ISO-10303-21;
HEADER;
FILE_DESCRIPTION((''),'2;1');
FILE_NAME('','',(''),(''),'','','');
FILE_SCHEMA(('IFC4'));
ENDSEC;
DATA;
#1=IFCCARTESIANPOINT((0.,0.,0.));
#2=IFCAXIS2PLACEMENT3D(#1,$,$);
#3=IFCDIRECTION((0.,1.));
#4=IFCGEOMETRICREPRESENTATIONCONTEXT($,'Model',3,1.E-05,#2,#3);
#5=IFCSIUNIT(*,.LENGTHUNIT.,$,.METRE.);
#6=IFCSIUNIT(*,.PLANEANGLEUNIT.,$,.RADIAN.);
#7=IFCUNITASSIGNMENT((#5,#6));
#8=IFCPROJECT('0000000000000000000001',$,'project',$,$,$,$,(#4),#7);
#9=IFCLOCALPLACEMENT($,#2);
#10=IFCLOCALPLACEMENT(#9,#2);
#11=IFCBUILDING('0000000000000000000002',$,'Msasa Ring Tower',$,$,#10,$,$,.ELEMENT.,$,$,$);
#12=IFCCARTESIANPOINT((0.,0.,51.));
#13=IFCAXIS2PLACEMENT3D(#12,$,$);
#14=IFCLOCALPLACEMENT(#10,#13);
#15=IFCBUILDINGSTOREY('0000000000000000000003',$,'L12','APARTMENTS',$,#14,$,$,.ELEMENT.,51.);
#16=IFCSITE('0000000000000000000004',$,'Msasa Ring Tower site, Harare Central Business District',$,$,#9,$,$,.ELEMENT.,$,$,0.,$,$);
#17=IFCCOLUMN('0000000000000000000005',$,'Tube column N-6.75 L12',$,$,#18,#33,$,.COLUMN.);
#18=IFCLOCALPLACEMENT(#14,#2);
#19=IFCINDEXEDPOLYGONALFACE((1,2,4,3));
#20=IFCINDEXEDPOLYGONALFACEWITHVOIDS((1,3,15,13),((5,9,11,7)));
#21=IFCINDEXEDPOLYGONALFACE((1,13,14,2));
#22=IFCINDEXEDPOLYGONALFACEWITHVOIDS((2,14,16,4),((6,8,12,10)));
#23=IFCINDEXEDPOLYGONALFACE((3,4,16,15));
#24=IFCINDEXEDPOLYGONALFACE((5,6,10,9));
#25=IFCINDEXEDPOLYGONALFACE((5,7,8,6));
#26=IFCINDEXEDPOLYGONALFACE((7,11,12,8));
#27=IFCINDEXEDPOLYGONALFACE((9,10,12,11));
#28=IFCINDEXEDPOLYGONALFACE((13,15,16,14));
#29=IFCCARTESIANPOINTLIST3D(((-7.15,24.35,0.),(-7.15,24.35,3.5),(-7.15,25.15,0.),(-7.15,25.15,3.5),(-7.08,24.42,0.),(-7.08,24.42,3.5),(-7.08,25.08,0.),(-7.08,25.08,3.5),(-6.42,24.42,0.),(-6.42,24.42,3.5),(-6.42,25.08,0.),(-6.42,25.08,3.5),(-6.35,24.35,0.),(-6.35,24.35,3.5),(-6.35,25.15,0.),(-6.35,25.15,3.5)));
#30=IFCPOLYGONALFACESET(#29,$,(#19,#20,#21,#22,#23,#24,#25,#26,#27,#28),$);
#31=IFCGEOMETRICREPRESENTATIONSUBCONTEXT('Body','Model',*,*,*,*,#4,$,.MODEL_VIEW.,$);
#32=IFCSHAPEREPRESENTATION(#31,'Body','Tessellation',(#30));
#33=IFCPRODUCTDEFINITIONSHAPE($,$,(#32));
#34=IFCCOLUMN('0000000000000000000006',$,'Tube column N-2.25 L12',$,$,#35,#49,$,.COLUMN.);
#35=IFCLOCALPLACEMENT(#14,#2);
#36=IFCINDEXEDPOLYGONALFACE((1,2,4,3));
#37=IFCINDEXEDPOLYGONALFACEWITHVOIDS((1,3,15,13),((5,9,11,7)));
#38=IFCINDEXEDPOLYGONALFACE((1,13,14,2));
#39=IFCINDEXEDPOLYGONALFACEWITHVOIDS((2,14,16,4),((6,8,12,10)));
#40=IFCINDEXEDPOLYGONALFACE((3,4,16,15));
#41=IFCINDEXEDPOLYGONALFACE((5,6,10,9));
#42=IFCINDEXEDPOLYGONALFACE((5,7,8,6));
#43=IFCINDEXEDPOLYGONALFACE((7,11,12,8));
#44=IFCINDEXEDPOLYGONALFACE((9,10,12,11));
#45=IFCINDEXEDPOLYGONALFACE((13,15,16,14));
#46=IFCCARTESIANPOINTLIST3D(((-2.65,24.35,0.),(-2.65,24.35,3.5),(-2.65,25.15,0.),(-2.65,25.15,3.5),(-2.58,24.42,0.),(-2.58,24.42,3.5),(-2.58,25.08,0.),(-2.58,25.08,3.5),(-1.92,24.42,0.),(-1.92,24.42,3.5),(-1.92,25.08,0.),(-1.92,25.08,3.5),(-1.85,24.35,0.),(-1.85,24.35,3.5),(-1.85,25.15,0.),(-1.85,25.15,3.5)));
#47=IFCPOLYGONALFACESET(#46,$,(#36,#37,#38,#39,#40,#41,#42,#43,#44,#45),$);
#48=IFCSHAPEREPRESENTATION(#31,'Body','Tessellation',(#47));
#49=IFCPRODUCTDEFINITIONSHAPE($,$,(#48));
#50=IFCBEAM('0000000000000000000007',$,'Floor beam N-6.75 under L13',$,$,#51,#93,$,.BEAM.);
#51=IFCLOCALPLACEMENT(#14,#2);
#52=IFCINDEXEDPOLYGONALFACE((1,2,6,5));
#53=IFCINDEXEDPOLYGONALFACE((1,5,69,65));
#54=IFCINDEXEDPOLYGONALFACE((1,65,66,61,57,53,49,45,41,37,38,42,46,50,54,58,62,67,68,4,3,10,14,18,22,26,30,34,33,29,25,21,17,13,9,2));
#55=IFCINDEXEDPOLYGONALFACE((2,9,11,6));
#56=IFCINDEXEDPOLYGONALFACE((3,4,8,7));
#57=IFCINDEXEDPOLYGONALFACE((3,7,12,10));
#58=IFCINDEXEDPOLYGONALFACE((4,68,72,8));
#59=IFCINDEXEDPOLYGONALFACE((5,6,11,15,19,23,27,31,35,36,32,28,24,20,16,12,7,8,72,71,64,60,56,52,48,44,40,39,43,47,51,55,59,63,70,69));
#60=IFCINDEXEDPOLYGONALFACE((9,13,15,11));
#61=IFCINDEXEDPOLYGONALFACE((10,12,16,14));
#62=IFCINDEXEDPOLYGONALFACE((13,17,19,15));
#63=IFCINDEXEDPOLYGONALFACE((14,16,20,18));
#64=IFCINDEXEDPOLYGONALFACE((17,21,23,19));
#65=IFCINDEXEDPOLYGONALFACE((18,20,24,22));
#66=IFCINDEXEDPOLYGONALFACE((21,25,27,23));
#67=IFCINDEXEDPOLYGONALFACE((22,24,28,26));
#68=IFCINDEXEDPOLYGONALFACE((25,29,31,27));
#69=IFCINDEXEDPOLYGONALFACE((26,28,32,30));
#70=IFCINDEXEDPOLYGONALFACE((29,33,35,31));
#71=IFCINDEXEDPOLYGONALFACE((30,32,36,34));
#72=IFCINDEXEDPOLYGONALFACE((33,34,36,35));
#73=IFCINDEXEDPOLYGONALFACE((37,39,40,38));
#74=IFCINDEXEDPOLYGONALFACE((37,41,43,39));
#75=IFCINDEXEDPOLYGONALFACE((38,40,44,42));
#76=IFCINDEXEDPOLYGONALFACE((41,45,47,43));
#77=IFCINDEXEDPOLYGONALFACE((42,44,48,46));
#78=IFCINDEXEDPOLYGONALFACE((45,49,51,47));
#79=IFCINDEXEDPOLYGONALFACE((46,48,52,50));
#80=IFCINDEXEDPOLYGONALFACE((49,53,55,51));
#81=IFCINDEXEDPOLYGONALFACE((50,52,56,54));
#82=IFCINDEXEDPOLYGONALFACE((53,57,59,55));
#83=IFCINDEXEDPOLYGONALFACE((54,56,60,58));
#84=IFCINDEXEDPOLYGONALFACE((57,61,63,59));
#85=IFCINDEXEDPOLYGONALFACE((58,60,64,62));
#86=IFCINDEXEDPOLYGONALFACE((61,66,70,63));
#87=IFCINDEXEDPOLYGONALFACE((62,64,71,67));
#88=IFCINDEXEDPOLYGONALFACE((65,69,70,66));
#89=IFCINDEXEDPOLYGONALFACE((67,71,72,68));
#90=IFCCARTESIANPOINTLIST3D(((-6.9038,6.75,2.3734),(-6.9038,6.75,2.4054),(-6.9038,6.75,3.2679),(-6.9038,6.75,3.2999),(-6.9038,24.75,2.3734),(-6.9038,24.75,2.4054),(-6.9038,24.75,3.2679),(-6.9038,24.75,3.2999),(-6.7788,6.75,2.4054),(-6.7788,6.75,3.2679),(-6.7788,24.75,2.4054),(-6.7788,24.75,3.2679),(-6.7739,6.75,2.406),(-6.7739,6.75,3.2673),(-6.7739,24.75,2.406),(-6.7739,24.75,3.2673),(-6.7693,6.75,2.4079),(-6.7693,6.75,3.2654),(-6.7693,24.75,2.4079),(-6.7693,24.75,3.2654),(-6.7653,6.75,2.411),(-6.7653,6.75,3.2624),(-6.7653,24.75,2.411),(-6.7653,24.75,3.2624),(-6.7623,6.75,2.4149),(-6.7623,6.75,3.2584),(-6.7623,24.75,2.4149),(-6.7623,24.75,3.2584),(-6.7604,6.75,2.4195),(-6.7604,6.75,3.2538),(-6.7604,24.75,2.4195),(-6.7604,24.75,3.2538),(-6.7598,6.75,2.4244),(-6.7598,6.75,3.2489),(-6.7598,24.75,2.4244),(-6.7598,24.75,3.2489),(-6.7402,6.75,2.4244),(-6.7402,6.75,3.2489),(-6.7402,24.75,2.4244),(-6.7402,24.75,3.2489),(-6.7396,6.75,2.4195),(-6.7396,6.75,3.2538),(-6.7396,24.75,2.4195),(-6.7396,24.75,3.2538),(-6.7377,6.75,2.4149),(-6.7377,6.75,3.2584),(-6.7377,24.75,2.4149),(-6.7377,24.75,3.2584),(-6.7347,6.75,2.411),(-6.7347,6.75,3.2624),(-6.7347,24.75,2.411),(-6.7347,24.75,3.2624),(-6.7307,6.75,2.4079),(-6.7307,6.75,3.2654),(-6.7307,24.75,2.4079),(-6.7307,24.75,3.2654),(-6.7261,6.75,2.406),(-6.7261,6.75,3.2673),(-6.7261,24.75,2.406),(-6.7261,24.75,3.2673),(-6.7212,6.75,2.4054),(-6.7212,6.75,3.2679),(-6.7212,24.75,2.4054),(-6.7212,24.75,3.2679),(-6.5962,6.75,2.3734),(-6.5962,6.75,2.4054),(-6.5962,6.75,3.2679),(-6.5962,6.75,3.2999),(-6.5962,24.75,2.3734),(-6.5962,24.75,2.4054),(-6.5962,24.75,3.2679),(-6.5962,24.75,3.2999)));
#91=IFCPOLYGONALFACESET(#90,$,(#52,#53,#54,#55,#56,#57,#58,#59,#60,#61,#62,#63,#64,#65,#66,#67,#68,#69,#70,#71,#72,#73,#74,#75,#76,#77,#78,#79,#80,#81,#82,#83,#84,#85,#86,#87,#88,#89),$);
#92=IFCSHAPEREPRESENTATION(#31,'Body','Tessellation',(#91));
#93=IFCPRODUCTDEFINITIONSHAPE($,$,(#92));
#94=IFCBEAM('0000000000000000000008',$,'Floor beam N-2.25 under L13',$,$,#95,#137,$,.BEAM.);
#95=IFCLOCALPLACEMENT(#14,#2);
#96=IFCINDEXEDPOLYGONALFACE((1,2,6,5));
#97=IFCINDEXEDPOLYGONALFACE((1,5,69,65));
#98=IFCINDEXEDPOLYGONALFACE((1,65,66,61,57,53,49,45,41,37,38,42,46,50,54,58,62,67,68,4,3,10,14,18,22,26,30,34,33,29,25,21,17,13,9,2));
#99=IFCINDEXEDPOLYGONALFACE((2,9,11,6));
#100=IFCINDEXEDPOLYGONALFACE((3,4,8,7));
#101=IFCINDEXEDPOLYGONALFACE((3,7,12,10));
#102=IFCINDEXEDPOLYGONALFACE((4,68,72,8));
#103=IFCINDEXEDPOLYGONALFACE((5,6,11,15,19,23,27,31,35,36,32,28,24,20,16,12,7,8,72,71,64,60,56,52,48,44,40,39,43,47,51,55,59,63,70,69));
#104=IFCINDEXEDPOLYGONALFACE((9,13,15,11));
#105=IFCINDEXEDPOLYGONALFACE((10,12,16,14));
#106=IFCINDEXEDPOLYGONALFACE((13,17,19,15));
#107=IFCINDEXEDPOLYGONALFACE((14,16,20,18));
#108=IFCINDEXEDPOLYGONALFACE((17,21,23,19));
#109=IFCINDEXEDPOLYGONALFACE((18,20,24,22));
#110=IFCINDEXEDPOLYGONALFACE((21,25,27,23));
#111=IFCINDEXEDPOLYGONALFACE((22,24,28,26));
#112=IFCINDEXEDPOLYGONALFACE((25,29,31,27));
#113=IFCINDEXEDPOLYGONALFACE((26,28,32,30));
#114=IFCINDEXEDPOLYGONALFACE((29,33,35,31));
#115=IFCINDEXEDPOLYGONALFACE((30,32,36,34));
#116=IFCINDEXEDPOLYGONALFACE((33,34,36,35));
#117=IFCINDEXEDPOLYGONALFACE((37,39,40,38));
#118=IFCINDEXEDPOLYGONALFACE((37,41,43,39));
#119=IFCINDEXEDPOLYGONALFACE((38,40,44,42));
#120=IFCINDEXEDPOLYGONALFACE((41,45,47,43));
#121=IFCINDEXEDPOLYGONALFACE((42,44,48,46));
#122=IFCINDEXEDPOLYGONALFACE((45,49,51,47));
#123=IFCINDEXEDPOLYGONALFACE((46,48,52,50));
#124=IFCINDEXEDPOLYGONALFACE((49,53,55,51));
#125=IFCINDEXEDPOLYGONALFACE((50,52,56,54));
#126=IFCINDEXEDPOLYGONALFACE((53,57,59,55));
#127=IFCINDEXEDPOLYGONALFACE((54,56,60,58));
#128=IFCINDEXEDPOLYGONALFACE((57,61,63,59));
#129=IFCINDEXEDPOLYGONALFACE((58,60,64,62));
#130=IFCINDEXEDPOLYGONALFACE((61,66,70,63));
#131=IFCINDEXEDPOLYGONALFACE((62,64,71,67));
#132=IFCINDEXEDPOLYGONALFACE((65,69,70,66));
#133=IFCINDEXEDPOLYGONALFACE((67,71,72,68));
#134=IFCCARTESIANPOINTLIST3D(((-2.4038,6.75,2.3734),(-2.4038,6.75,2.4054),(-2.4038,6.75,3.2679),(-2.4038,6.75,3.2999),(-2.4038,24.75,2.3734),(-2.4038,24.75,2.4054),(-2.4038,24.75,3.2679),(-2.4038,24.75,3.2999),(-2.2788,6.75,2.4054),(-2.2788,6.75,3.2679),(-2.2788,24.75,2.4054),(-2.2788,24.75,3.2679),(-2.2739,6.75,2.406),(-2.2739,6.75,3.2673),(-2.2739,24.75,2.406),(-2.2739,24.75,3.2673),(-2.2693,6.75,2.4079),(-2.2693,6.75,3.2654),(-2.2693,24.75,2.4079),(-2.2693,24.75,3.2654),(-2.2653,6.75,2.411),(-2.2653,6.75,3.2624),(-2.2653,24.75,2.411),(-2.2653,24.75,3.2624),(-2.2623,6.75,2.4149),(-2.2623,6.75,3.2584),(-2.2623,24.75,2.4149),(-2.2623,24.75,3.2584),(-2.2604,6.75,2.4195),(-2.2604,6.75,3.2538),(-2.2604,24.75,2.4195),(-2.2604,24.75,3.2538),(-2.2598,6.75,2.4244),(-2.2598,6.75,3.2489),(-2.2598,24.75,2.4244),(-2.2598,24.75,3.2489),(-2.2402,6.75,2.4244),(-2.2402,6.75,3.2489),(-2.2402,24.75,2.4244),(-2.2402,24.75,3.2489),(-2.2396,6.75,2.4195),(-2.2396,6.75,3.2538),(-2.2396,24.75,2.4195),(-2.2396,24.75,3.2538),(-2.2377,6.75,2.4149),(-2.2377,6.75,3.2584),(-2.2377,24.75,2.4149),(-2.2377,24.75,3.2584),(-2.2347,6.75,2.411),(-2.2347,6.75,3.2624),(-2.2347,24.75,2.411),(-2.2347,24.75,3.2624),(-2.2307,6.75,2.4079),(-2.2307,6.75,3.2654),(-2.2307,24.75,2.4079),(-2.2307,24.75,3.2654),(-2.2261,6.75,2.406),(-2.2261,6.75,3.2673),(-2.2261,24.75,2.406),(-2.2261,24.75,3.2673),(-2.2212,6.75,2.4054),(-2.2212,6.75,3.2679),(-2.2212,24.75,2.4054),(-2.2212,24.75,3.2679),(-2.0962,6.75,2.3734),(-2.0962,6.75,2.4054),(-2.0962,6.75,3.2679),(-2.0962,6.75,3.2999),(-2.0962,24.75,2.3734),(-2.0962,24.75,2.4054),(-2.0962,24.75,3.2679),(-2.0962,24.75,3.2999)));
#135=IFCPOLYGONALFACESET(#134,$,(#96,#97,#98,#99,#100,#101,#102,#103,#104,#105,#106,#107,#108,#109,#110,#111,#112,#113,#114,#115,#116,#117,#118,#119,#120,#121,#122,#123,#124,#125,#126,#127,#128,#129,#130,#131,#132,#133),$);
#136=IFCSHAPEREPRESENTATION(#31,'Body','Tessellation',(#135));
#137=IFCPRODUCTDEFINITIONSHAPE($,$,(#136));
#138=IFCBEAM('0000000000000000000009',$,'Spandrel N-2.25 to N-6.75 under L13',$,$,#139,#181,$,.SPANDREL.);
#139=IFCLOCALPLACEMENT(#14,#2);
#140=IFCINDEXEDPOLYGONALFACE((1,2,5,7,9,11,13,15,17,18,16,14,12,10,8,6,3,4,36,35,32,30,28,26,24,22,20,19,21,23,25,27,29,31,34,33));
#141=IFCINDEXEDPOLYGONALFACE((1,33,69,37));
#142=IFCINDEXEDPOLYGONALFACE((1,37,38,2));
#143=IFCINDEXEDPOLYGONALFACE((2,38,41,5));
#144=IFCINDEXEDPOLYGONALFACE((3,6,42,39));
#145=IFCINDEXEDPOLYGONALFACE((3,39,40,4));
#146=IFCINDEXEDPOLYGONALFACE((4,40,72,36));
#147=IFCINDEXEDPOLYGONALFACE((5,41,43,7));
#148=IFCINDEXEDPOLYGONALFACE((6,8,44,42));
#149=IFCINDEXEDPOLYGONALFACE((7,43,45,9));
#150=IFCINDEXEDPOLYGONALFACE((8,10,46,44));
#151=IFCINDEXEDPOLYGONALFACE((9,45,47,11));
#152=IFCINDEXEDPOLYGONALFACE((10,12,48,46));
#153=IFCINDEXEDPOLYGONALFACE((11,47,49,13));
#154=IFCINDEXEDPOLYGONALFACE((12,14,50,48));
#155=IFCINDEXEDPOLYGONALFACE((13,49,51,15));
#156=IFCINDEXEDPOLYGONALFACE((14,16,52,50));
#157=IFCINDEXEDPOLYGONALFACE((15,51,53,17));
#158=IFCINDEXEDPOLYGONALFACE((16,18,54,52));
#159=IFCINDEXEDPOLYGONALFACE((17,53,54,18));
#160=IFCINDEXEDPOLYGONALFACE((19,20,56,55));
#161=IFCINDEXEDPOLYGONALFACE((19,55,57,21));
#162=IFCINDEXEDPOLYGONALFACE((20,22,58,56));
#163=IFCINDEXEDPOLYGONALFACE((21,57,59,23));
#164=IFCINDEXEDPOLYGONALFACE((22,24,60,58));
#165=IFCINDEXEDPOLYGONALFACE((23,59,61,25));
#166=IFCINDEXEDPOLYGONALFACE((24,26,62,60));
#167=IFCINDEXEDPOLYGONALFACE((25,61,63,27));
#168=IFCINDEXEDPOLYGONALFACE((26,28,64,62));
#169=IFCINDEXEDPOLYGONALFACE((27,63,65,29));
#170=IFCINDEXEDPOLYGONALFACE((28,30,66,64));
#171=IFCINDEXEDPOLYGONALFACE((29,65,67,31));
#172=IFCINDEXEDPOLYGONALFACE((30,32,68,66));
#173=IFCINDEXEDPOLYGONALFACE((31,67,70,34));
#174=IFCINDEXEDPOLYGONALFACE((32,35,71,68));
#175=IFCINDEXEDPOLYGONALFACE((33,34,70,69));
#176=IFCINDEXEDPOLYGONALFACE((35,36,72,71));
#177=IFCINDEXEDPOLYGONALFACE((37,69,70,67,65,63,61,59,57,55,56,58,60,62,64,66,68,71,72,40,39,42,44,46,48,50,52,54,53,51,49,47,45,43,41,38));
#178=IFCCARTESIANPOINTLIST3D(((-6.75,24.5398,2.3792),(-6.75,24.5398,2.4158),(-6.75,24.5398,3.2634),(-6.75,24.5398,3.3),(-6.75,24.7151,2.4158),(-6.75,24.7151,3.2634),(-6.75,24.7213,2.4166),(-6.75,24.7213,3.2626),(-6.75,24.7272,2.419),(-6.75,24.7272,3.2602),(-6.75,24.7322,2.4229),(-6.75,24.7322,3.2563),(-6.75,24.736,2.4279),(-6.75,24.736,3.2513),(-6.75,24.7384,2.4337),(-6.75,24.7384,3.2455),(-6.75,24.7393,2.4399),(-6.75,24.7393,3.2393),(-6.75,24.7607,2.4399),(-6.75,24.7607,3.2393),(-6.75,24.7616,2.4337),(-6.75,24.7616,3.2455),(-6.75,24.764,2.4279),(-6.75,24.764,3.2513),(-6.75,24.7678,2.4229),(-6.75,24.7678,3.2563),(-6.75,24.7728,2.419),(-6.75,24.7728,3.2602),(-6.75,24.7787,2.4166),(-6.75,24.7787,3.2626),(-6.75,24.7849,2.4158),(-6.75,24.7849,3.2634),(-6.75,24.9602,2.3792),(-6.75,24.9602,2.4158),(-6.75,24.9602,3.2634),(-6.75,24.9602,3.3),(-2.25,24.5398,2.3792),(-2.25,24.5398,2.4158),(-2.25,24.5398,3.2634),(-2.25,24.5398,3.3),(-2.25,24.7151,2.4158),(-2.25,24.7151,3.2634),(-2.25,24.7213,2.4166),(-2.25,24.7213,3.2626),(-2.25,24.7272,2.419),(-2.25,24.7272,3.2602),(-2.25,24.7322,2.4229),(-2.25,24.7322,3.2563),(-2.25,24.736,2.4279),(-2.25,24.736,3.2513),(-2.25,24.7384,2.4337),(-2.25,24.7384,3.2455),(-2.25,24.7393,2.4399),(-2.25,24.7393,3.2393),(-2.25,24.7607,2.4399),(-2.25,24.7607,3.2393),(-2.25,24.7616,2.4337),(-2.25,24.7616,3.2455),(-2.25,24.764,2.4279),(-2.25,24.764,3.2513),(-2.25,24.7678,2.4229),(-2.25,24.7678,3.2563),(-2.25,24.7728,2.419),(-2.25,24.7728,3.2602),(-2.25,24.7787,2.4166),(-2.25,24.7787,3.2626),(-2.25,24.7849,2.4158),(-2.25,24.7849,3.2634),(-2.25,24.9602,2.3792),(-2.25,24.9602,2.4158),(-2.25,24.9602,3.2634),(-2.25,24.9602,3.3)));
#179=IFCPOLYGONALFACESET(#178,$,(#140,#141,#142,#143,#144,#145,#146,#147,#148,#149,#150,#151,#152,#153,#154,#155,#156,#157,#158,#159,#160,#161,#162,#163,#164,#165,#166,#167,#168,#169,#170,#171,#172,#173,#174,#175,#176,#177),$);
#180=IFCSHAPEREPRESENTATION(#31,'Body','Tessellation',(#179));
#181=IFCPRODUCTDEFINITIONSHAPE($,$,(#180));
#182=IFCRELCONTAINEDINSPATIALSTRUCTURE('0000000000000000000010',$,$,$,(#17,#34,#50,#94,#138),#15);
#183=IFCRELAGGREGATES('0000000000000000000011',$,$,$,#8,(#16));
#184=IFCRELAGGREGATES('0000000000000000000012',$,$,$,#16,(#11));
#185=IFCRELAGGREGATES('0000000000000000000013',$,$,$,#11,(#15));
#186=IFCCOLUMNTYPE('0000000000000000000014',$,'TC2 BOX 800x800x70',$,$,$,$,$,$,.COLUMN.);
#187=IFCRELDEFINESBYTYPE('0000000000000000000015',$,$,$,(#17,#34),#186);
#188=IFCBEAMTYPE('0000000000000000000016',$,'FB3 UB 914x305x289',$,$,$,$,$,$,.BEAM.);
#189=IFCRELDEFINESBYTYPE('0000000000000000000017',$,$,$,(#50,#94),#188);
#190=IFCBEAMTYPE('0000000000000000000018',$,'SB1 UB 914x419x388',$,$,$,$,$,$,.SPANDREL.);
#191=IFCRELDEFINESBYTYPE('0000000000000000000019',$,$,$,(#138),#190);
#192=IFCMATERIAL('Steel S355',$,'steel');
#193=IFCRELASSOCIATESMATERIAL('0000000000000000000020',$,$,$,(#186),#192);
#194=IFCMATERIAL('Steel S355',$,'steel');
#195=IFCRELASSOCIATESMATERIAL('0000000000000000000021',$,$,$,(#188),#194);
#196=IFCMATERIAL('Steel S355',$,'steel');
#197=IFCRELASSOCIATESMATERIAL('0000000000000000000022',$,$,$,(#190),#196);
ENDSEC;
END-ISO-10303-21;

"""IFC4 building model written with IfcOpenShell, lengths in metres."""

from ifc_helpers import new_model, si_unit, direction, frame, origin, origin_2d, place, context, subcontext, project, spatial, hollow_rectangle, i_section, extrude, material, material_profile, profile_set, type_object, element, save


model = new_model("IFC4")

# Units and contexts
model_context = context("Model", 3, precision=1e-05, world=origin(), true_north=direction((0.0, 1.0)))
body_context = subcontext(model_context, "Body", "Model", "MODEL_VIEW")
ifc_project = project(units=[si_unit("LENGTHUNIT", "METRE"), si_unit("PLANEANGLEUNIT", "RADIAN")], contexts=[model_context])

# Site, building, storey
site_placement = place(None, origin())
site = spatial("IfcSite", under=ifc_project, at=site_placement, Name="Msasa Ring Tower site, Harare Central Business District", CompositionType="ELEMENT", RefElevation=0.0)
building_placement = place(site_placement, origin())
building = spatial("IfcBuilding", under=site, at=building_placement, Name="Msasa Ring Tower", CompositionType="ELEMENT")
storey_placement = place(building_placement, frame((0.0, 0.0, 51.0)))
storey = spatial("IfcBuildingStorey", under=building, at=storey_placement, Name="L12", Description="APARTMENTS", CompositionType="ELEMENT", Elevation=51.0)

# Columns
ifc_material_1 = material(Name="Steel S355", Category="steel")
ifc_material_profile_1 = material_profile(ifc_material_1, hollow_rectangle(XDim=0.8, YDim=0.8, WallThickness=0.0701, at=origin_2d()), Name="BOX 800x800x70")
ifc_profile_set_1 = profile_set([ifc_material_profile_1], Name="Steel S355")
column_type = type_object("IfcColumnType", Name="TC2 BOX 800x800x70", PredefinedType="COLUMN", material=ifc_profile_set_1)
for number, where, z_axis, x_axis, name in (
    (1, (-6.75, 24.75, 0.0), (0.0, 0.0, 1.0), (0.0, 1.0, 0.0), "Tube column N-6.75 L12"),
    (2, (-2.25, 24.75, 0.0), (0.0, 0.0, 1.0), (0.0, 1.0, 0.0), "Tube column N-2.25 L12"),
):
    element("IfcColumn", number, at=place(storey_placement, frame(where, z_axis=z_axis, x_axis=x_axis)), inside=storey, type_object=column_type, Name=name, PredefinedType="COLUMN", context=body_context, shape_type="SweptSolid", body=[
        extrude(hollow_rectangle(XDim=0.8, YDim=0.8, WallThickness=0.0701, at=origin_2d()), origin(), (0.0, 0.0, 1.0), 3.5),
    ])

# Beams
ifc_material_2 = material(Name="Steel S355", Category="steel")
ifc_material_profile_2 = material_profile(ifc_material_2, i_section(OverallWidth=0.3076, OverallDepth=0.9265, WebThickness=0.0195, FlangeThickness=0.032, FilletRadius=0.019, at=origin_2d()), Name="UB 914x305x289")
ifc_profile_set_2 = profile_set([ifc_material_profile_2], Name="Steel S355")
beam_type_1 = type_object("IfcBeamType", Name="FB3 UB 914x305x289", PredefinedType="BEAM", material=ifc_profile_set_2)
for number, where, z_axis, x_axis, name in (
    (3, (-6.75, 24.75, 2.8367), (0.0, -1.0, 0.0), (1.0, 0.0, 0.0), "Floor beam N-6.75 under L13"),
    (4, (-2.25, 24.75, 2.8367), (0.0, -1.0, 0.0), (1.0, 0.0, 0.0), "Floor beam N-2.25 under L13"),
):
    element("IfcBeam", number, at=place(storey_placement, frame(where, z_axis=z_axis, x_axis=x_axis)), inside=storey, type_object=beam_type_1, Name=name, PredefinedType="BEAM", context=body_context, shape_type="SweptSolid", body=[
        extrude(i_section(OverallWidth=0.3076, OverallDepth=0.9265, WebThickness=0.0195, FlangeThickness=0.032, FilletRadius=0.019, at=origin_2d()), origin(), (0.0, 0.0, 1.0), 18.0),
    ])
ifc_material_3 = material(Name="Steel S355", Category="steel")
ifc_material_profile_3 = material_profile(ifc_material_3, i_section(OverallWidth=0.4204, OverallDepth=0.9209, WebThickness=0.0215, FlangeThickness=0.0366, FilletRadius=0.0242, at=origin_2d()), Name="UB 914x419x388")
ifc_profile_set_3 = profile_set([ifc_material_profile_3], Name="Steel S355")
beam_type_2 = type_object("IfcBeamType", Name="SB1 UB 914x419x388", PredefinedType="SPANDREL", material=ifc_profile_set_3)
for number, where, z_axis, x_axis, name in (
    (5, (-2.25, 24.75, 2.8396), (-1.0, 0.0, 0.0), (0.0, -1.0, 0.0), "Spandrel N-2.25 to N-6.75 under L13"),
):
    element("IfcBeam", number, at=place(storey_placement, frame(where, z_axis=z_axis, x_axis=x_axis)), inside=storey, type_object=beam_type_2, Name=name, PredefinedType="SPANDREL", context=body_context, shape_type="SweptSolid", body=[
        extrude(i_section(OverallWidth=0.4204, OverallDepth=0.9209, WebThickness=0.0215, FlangeThickness=0.0366, FilletRadius=0.0242, at=origin_2d()), origin(), (0.0, 0.0, 1.0), 4.5),
    ])

save(model, "model.ifc")
